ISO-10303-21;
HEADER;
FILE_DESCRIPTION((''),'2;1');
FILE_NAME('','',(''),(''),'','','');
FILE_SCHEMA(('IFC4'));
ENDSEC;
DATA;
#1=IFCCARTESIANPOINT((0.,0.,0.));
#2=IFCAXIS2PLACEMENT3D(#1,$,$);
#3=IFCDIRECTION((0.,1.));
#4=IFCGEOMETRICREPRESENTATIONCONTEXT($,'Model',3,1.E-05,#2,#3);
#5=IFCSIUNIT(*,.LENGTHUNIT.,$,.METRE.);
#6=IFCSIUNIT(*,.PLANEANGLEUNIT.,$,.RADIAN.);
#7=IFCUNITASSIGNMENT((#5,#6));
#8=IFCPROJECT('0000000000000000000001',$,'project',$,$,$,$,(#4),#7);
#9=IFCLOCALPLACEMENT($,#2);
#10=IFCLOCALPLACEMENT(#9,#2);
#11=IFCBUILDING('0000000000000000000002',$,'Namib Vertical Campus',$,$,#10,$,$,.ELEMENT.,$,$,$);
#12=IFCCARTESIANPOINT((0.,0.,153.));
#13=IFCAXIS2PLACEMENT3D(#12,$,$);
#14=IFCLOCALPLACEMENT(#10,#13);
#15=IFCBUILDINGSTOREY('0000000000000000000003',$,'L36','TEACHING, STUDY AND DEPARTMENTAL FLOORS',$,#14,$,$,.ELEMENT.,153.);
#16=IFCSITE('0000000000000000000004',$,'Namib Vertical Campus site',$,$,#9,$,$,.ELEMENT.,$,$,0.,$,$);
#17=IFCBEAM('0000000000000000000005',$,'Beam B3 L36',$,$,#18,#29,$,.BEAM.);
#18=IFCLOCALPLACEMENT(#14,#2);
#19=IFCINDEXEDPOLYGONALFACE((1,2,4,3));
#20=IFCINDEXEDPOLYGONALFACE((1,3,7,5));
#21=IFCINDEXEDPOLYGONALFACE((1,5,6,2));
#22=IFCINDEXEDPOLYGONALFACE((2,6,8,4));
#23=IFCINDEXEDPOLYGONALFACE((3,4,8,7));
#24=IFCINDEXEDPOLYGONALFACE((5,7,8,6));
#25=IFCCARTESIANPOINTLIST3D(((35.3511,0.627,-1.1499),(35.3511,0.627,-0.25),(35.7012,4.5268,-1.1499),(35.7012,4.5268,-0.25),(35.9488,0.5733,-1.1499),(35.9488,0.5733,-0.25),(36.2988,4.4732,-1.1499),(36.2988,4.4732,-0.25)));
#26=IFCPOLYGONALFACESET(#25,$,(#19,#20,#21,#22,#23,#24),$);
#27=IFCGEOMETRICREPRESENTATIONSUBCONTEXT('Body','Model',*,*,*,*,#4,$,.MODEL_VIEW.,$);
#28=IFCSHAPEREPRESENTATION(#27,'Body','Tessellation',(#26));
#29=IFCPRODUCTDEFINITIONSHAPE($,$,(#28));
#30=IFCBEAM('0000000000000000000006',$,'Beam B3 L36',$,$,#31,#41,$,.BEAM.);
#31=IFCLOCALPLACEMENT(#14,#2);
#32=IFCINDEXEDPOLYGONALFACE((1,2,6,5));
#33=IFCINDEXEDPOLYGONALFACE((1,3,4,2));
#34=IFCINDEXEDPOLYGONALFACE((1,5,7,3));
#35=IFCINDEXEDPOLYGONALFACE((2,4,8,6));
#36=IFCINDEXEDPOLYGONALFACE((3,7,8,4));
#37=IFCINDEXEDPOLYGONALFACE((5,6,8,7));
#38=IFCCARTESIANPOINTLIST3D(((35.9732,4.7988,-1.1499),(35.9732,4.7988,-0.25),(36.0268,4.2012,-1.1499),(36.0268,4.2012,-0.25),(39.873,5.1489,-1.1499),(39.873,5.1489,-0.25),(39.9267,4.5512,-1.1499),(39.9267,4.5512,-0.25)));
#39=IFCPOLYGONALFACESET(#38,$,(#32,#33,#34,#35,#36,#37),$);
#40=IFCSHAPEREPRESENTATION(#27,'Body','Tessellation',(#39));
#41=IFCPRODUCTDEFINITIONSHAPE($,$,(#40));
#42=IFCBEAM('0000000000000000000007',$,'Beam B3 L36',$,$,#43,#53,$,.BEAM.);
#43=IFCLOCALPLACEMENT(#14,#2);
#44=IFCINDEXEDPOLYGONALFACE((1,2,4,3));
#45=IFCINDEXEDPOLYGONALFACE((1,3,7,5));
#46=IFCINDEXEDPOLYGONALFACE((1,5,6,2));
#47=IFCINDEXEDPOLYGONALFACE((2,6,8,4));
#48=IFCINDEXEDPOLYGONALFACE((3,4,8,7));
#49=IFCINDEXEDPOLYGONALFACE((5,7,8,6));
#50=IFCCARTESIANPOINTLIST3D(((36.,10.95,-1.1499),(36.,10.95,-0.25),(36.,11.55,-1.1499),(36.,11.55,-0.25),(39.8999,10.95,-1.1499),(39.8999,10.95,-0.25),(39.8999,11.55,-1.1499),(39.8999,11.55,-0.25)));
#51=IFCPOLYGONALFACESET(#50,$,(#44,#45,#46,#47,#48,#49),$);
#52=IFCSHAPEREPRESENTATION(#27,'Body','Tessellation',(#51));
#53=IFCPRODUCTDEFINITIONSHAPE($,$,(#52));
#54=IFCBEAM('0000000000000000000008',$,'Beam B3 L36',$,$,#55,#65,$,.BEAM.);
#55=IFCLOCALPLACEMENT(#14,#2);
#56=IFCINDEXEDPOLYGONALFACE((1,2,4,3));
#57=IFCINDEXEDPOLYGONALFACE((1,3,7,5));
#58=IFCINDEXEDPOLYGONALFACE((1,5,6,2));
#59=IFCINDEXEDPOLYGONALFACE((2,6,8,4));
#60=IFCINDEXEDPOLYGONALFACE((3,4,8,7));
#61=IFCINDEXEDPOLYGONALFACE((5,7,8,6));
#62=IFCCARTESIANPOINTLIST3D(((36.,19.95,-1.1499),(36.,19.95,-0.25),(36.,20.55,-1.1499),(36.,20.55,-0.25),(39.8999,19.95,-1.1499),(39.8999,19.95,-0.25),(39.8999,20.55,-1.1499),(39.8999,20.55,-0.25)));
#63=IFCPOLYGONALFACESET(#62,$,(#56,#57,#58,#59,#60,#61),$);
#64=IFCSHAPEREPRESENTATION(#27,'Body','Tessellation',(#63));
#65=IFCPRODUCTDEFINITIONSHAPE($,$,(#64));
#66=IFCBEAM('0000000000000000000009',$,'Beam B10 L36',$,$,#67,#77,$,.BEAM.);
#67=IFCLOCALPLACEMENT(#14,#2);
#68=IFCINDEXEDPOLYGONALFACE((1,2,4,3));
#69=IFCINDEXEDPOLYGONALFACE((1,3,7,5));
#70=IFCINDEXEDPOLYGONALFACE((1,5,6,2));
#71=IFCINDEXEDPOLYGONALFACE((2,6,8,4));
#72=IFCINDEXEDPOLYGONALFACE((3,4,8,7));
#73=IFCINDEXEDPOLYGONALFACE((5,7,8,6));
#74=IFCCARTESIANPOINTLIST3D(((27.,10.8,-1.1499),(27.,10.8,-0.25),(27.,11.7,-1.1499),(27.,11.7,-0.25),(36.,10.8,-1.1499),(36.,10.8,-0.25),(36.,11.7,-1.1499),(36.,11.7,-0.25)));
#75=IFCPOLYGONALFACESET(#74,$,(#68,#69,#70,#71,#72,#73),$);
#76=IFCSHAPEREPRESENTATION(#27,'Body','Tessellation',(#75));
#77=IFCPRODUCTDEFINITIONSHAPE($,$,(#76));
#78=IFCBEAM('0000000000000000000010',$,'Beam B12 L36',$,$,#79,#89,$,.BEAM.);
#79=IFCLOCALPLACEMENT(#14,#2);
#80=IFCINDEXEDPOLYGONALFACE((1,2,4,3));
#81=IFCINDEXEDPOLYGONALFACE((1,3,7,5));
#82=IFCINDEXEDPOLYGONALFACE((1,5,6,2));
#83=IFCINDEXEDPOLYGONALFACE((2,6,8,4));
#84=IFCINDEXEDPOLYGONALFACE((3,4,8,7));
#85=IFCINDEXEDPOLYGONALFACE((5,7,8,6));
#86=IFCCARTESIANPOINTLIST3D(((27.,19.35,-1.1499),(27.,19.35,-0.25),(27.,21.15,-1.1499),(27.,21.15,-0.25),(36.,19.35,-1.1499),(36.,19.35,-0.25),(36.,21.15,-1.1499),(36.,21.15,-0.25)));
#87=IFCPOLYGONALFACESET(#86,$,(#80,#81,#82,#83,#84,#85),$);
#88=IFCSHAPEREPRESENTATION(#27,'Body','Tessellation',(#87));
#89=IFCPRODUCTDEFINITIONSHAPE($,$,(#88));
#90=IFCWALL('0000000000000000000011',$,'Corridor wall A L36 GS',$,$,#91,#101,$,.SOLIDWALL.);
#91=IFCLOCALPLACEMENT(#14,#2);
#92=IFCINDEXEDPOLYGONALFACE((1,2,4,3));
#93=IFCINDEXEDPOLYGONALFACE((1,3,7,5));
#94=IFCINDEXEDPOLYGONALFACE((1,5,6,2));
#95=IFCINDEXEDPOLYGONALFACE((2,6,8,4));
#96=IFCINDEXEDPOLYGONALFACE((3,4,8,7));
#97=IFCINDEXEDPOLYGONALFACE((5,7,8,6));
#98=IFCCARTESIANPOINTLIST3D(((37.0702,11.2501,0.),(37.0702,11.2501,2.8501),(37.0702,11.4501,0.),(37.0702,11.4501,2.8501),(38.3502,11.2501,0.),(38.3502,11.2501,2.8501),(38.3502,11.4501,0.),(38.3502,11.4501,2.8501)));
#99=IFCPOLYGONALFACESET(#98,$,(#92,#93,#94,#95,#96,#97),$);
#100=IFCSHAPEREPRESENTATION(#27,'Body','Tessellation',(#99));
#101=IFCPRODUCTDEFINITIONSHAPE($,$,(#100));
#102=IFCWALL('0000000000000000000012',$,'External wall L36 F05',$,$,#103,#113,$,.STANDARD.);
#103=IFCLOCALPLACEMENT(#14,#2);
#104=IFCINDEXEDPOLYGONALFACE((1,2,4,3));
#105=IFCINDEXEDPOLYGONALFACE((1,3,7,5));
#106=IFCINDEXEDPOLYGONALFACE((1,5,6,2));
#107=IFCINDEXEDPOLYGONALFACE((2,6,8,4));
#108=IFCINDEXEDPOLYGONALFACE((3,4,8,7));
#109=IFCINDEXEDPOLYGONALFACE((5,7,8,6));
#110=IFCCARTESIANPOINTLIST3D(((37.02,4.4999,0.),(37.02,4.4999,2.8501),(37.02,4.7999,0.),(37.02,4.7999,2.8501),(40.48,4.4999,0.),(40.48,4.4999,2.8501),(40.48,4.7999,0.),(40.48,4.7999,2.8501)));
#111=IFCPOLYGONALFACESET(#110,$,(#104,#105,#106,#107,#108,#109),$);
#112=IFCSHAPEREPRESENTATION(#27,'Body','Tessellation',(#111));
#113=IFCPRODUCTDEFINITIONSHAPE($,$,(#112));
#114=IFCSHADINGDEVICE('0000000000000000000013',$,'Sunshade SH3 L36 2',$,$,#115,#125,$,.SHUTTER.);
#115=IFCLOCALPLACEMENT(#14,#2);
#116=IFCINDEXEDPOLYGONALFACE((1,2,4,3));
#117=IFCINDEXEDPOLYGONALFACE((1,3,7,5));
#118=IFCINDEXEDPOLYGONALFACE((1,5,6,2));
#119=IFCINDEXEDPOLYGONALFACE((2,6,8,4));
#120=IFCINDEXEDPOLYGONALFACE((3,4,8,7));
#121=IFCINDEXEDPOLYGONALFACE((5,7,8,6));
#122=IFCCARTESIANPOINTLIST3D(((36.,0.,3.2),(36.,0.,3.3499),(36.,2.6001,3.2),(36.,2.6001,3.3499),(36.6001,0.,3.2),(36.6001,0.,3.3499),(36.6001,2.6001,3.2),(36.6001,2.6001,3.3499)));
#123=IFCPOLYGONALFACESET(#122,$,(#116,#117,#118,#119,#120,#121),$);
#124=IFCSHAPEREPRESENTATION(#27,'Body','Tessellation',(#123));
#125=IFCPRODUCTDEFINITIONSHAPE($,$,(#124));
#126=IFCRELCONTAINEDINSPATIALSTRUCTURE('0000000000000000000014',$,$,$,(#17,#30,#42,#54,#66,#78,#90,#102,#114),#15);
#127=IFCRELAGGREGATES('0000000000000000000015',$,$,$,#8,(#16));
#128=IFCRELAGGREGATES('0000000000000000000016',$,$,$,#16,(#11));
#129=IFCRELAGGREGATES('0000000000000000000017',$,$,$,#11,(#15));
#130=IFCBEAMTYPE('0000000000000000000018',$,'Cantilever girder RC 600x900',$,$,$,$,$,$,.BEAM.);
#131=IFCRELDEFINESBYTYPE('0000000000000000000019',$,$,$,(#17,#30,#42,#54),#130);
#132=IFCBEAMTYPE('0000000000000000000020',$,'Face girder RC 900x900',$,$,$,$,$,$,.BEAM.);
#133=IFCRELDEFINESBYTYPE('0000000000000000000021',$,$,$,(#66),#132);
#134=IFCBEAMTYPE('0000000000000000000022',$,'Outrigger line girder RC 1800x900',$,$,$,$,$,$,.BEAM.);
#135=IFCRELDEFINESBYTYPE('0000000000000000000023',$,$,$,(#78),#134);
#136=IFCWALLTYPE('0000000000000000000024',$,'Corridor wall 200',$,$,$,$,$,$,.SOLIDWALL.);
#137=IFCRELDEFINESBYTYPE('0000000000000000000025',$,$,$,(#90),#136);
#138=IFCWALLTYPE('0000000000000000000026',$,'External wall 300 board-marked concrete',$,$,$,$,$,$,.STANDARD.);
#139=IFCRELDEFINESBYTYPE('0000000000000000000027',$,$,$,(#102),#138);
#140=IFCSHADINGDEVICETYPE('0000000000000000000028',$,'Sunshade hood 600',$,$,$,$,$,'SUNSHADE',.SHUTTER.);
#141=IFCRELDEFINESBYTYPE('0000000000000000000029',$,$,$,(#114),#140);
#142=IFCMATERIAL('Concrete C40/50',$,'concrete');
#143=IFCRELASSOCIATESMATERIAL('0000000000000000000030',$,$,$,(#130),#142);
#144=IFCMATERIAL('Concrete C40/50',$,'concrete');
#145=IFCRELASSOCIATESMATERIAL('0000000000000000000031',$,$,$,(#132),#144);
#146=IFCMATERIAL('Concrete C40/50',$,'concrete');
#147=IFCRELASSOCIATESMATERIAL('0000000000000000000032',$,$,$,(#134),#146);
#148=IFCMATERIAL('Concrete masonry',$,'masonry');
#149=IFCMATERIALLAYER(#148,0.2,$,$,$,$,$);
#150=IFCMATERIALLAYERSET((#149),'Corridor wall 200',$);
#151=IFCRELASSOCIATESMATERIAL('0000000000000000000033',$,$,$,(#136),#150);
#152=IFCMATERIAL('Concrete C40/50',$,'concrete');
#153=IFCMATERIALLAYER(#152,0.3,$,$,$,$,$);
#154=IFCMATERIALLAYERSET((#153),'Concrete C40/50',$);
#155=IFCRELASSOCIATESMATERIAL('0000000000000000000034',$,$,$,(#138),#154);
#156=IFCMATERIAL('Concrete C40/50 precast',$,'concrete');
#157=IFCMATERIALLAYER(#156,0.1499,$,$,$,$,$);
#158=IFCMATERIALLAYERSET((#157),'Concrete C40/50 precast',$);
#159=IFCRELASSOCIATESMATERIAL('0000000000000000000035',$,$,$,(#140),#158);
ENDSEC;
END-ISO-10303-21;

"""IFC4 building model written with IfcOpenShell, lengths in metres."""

from ifc_helpers import new_model, si_unit, direction, frame, frame_2d, origin, origin_2d, place, context, subcontext, project, spatial, rectangle, extrude, material, layer, layer_set, material_profile, profile_set, type_object, element, save


model = new_model("IFC4")

# Units and contexts
model_context = context("Model", 3, precision=1e-05, world=origin(), true_north=direction((0.0, 1.0)))
body_context = subcontext(model_context, "Body", "Model", "MODEL_VIEW")
ifc_project = project(units=[si_unit("LENGTHUNIT", "METRE"), si_unit("PLANEANGLEUNIT", "RADIAN")], contexts=[model_context])

# Site, building, storey
site_placement = place(None, origin())
site = spatial("IfcSite", under=ifc_project, at=site_placement, Name="Namib Vertical Campus site", CompositionType="ELEMENT", RefElevation=0.0)
building_placement = place(site_placement, origin())
building = spatial("IfcBuilding", under=site, at=building_placement, Name="Namib Vertical Campus", CompositionType="ELEMENT")
storey_placement = place(building_placement, frame((0.0, 0.0, 153.0)))
storey = spatial("IfcBuildingStorey", under=building, at=storey_placement, Name="L36", Description="TEACHING, STUDY AND DEPARTMENTAL FLOORS", CompositionType="ELEMENT", Elevation=153.0)

# Beams
ifc_material_1 = material(Name="Concrete C40/50", Category="concrete")
ifc_material_profile_1 = material_profile(ifc_material_1, rectangle(XDim=0.6001, YDim=0.8999, at=origin_2d()))
ifc_profile_set_1 = profile_set([ifc_material_profile_1], Name="Concrete C40/50")
beam_type_1 = type_object("IfcBeamType", Name="Cantilever girder RC 600x900", PredefinedType="BEAM", material=ifc_profile_set_1)
for number, where, z_axis, x_axis, name in (
    (1, (36.0, 4.5, -0.7), (-0.089411, -0.995995, 0.0), (0.995995, -0.089411, 0.0), "Beam B3 L36"),
    (2, (36.0, 4.5, -0.7), (0.995995, 0.089411, 0.0), (-0.089411, 0.995995, 0.0), "Beam B3 L36"),
):
    element("IfcBeam", number, at=place(storey_placement, frame(where, z_axis=z_axis, x_axis=x_axis)), inside=storey, type_object=beam_type_1, Name=name, PredefinedType="BEAM", context=body_context, shape_type="SweptSolid", body=[
        extrude(rectangle(XDim=0.6001, YDim=0.8999, at=origin_2d()), origin(), (0.0, 0.0, 1.0), 3.9155),
    ])
for number, where, z_axis, x_axis, name in (
    (3, (36.0, 11.25, -0.7), (1.0, 0.0, 0.0), (0.0, 1.0, 0.0), "Beam B3 L36"),
    (4, (36.0, 20.25, -0.7), (1.0, 0.0, 0.0), (0.0, 1.0, 0.0), "Beam B3 L36"),
):
    element("IfcBeam", number, at=place(storey_placement, frame(where, z_axis=z_axis, x_axis=x_axis)), inside=storey, type_object=beam_type_1, Name=name, PredefinedType="BEAM", context=body_context, shape_type="SweptSolid", body=[
        extrude(rectangle(XDim=0.6001, YDim=0.8999, at=origin_2d()), origin(), (0.0, 0.0, 1.0), 3.8999),
    ])
ifc_material_2 = material(Name="Concrete C40/50", Category="concrete")
ifc_material_profile_2 = material_profile(ifc_material_2, rectangle(XDim=0.8999, YDim=0.8999, at=origin_2d()))
ifc_profile_set_2 = profile_set([ifc_material_profile_2], Name="Concrete C40/50")
beam_type_2 = type_object("IfcBeamType", Name="Face girder RC 900x900", PredefinedType="BEAM", material=ifc_profile_set_2)
beam_1_placement = place(storey_placement, frame((36.0, 11.25, -0.7), z_axis=(-1.0, 0.0, 0.0), x_axis=(0.0, -1.0, 0.0)))
element("IfcBeam", 5, at=beam_1_placement, inside=storey, type_object=beam_type_2, Name="Beam B10 L36", PredefinedType="BEAM", context=body_context, shape_type="SweptSolid", body=[
    extrude(rectangle(XDim=0.8999, YDim=0.8999, at=origin_2d()), origin(), (0.0, 0.0, 1.0), 9.0),
])
ifc_material_3 = material(Name="Concrete C40/50", Category="concrete")
ifc_material_profile_3 = material_profile(ifc_material_3, rectangle(XDim=1.8, YDim=0.8999, at=origin_2d()))
ifc_profile_set_3 = profile_set([ifc_material_profile_3], Name="Concrete C40/50")
beam_type_3 = type_object("IfcBeamType", Name="Outrigger line girder RC 1800x900", PredefinedType="BEAM", material=ifc_profile_set_3)
beam_2_placement = place(storey_placement, frame((36.0, 20.25, -0.7), z_axis=(-1.0, 0.0, 0.0), x_axis=(0.0, -1.0, 0.0)))
element("IfcBeam", 6, at=beam_2_placement, inside=storey, type_object=beam_type_3, Name="Beam B12 L36", PredefinedType="BEAM", context=body_context, shape_type="SweptSolid", body=[
    extrude(rectangle(XDim=1.8, YDim=0.8999, at=origin_2d()), origin(), (0.0, 0.0, 1.0), 9.0),
])

# Walls
ifc_material_4 = material(Name="Concrete masonry", Category="masonry")
ifc_layer_1 = layer(ifc_material_4, 0.2)
ifc_layer_set_1 = layer_set([ifc_layer_1], Name="Corridor wall 200")
wall_type_1 = type_object("IfcWallType", Name="Corridor wall 200", PredefinedType="SOLIDWALL", material=ifc_layer_set_1)
wall_1_placement = place(storey_placement, frame((37.0701, 11.3501, 0.0), z_axis=(0.0, 0.0, 1.0), x_axis=(1.0, 0.0, 0.0)))
element("IfcWall", 7, at=wall_1_placement, inside=storey, type_object=wall_type_1, Name="Corridor wall A L36 GS", PredefinedType="SOLIDWALL", context=body_context, shape_type="SweptSolid", body=[
    extrude(rectangle(XDim=1.28, YDim=0.2, at=frame_2d((0.6401, 0.0))), origin(), (0.0, 0.0, 1.0), 2.8501),
])
ifc_material_5 = material(Name="Concrete C40/50", Category="concrete")
ifc_layer_2 = layer(ifc_material_5, 0.3)
ifc_layer_set_2 = layer_set([ifc_layer_2], Name="Concrete C40/50")
wall_type_2 = type_object("IfcWallType", Name="External wall 300 board-marked concrete", PredefinedType="STANDARD", material=ifc_layer_set_2)
wall_2_placement = place(storey_placement, frame((37.02, 4.6499, 0.0), z_axis=(0.0, 0.0, 1.0), x_axis=(1.0, 0.0, 0.0)))
element("IfcWall", 8, at=wall_2_placement, inside=storey, type_object=wall_type_2, Name="External wall L36 F05", PredefinedType="STANDARD", context=body_context, shape_type="SweptSolid", body=[
    extrude(rectangle(XDim=3.46, YDim=0.3, at=frame_2d((1.73, 0.0))), origin(), (0.0, 0.0, 1.0), 2.8501),
])

# Shading device
ifc_material_6 = material(Name="Concrete C40/50 precast", Category="concrete")
ifc_layer_3 = layer(ifc_material_6, 0.1499)
ifc_layer_set_3 = layer_set([ifc_layer_3], Name="Concrete C40/50 precast")
shading_device_type = type_object("IfcShadingDeviceType", Name="Sunshade hood 600", ElementType="SUNSHADE", PredefinedType="SHUTTER", material=ifc_layer_set_3)
shading_device_placement = place(storey_placement, frame((36.3, 1.3, 3.2), z_axis=(0.0, 0.0, 1.0), x_axis=(0.0, 1.0, 0.0)))
element("IfcShadingDevice", 9, at=shading_device_placement, inside=storey, type_object=shading_device_type, Name="Sunshade SH3 L36 2", PredefinedType="SHUTTER", context=body_context, shape_type="SweptSolid", body=[
    extrude(rectangle(XDim=2.6001, YDim=0.6001, at=origin_2d()), origin(), (0.0, 0.0, 1.0), 0.1499),
])

save(model, "model.ifc")
